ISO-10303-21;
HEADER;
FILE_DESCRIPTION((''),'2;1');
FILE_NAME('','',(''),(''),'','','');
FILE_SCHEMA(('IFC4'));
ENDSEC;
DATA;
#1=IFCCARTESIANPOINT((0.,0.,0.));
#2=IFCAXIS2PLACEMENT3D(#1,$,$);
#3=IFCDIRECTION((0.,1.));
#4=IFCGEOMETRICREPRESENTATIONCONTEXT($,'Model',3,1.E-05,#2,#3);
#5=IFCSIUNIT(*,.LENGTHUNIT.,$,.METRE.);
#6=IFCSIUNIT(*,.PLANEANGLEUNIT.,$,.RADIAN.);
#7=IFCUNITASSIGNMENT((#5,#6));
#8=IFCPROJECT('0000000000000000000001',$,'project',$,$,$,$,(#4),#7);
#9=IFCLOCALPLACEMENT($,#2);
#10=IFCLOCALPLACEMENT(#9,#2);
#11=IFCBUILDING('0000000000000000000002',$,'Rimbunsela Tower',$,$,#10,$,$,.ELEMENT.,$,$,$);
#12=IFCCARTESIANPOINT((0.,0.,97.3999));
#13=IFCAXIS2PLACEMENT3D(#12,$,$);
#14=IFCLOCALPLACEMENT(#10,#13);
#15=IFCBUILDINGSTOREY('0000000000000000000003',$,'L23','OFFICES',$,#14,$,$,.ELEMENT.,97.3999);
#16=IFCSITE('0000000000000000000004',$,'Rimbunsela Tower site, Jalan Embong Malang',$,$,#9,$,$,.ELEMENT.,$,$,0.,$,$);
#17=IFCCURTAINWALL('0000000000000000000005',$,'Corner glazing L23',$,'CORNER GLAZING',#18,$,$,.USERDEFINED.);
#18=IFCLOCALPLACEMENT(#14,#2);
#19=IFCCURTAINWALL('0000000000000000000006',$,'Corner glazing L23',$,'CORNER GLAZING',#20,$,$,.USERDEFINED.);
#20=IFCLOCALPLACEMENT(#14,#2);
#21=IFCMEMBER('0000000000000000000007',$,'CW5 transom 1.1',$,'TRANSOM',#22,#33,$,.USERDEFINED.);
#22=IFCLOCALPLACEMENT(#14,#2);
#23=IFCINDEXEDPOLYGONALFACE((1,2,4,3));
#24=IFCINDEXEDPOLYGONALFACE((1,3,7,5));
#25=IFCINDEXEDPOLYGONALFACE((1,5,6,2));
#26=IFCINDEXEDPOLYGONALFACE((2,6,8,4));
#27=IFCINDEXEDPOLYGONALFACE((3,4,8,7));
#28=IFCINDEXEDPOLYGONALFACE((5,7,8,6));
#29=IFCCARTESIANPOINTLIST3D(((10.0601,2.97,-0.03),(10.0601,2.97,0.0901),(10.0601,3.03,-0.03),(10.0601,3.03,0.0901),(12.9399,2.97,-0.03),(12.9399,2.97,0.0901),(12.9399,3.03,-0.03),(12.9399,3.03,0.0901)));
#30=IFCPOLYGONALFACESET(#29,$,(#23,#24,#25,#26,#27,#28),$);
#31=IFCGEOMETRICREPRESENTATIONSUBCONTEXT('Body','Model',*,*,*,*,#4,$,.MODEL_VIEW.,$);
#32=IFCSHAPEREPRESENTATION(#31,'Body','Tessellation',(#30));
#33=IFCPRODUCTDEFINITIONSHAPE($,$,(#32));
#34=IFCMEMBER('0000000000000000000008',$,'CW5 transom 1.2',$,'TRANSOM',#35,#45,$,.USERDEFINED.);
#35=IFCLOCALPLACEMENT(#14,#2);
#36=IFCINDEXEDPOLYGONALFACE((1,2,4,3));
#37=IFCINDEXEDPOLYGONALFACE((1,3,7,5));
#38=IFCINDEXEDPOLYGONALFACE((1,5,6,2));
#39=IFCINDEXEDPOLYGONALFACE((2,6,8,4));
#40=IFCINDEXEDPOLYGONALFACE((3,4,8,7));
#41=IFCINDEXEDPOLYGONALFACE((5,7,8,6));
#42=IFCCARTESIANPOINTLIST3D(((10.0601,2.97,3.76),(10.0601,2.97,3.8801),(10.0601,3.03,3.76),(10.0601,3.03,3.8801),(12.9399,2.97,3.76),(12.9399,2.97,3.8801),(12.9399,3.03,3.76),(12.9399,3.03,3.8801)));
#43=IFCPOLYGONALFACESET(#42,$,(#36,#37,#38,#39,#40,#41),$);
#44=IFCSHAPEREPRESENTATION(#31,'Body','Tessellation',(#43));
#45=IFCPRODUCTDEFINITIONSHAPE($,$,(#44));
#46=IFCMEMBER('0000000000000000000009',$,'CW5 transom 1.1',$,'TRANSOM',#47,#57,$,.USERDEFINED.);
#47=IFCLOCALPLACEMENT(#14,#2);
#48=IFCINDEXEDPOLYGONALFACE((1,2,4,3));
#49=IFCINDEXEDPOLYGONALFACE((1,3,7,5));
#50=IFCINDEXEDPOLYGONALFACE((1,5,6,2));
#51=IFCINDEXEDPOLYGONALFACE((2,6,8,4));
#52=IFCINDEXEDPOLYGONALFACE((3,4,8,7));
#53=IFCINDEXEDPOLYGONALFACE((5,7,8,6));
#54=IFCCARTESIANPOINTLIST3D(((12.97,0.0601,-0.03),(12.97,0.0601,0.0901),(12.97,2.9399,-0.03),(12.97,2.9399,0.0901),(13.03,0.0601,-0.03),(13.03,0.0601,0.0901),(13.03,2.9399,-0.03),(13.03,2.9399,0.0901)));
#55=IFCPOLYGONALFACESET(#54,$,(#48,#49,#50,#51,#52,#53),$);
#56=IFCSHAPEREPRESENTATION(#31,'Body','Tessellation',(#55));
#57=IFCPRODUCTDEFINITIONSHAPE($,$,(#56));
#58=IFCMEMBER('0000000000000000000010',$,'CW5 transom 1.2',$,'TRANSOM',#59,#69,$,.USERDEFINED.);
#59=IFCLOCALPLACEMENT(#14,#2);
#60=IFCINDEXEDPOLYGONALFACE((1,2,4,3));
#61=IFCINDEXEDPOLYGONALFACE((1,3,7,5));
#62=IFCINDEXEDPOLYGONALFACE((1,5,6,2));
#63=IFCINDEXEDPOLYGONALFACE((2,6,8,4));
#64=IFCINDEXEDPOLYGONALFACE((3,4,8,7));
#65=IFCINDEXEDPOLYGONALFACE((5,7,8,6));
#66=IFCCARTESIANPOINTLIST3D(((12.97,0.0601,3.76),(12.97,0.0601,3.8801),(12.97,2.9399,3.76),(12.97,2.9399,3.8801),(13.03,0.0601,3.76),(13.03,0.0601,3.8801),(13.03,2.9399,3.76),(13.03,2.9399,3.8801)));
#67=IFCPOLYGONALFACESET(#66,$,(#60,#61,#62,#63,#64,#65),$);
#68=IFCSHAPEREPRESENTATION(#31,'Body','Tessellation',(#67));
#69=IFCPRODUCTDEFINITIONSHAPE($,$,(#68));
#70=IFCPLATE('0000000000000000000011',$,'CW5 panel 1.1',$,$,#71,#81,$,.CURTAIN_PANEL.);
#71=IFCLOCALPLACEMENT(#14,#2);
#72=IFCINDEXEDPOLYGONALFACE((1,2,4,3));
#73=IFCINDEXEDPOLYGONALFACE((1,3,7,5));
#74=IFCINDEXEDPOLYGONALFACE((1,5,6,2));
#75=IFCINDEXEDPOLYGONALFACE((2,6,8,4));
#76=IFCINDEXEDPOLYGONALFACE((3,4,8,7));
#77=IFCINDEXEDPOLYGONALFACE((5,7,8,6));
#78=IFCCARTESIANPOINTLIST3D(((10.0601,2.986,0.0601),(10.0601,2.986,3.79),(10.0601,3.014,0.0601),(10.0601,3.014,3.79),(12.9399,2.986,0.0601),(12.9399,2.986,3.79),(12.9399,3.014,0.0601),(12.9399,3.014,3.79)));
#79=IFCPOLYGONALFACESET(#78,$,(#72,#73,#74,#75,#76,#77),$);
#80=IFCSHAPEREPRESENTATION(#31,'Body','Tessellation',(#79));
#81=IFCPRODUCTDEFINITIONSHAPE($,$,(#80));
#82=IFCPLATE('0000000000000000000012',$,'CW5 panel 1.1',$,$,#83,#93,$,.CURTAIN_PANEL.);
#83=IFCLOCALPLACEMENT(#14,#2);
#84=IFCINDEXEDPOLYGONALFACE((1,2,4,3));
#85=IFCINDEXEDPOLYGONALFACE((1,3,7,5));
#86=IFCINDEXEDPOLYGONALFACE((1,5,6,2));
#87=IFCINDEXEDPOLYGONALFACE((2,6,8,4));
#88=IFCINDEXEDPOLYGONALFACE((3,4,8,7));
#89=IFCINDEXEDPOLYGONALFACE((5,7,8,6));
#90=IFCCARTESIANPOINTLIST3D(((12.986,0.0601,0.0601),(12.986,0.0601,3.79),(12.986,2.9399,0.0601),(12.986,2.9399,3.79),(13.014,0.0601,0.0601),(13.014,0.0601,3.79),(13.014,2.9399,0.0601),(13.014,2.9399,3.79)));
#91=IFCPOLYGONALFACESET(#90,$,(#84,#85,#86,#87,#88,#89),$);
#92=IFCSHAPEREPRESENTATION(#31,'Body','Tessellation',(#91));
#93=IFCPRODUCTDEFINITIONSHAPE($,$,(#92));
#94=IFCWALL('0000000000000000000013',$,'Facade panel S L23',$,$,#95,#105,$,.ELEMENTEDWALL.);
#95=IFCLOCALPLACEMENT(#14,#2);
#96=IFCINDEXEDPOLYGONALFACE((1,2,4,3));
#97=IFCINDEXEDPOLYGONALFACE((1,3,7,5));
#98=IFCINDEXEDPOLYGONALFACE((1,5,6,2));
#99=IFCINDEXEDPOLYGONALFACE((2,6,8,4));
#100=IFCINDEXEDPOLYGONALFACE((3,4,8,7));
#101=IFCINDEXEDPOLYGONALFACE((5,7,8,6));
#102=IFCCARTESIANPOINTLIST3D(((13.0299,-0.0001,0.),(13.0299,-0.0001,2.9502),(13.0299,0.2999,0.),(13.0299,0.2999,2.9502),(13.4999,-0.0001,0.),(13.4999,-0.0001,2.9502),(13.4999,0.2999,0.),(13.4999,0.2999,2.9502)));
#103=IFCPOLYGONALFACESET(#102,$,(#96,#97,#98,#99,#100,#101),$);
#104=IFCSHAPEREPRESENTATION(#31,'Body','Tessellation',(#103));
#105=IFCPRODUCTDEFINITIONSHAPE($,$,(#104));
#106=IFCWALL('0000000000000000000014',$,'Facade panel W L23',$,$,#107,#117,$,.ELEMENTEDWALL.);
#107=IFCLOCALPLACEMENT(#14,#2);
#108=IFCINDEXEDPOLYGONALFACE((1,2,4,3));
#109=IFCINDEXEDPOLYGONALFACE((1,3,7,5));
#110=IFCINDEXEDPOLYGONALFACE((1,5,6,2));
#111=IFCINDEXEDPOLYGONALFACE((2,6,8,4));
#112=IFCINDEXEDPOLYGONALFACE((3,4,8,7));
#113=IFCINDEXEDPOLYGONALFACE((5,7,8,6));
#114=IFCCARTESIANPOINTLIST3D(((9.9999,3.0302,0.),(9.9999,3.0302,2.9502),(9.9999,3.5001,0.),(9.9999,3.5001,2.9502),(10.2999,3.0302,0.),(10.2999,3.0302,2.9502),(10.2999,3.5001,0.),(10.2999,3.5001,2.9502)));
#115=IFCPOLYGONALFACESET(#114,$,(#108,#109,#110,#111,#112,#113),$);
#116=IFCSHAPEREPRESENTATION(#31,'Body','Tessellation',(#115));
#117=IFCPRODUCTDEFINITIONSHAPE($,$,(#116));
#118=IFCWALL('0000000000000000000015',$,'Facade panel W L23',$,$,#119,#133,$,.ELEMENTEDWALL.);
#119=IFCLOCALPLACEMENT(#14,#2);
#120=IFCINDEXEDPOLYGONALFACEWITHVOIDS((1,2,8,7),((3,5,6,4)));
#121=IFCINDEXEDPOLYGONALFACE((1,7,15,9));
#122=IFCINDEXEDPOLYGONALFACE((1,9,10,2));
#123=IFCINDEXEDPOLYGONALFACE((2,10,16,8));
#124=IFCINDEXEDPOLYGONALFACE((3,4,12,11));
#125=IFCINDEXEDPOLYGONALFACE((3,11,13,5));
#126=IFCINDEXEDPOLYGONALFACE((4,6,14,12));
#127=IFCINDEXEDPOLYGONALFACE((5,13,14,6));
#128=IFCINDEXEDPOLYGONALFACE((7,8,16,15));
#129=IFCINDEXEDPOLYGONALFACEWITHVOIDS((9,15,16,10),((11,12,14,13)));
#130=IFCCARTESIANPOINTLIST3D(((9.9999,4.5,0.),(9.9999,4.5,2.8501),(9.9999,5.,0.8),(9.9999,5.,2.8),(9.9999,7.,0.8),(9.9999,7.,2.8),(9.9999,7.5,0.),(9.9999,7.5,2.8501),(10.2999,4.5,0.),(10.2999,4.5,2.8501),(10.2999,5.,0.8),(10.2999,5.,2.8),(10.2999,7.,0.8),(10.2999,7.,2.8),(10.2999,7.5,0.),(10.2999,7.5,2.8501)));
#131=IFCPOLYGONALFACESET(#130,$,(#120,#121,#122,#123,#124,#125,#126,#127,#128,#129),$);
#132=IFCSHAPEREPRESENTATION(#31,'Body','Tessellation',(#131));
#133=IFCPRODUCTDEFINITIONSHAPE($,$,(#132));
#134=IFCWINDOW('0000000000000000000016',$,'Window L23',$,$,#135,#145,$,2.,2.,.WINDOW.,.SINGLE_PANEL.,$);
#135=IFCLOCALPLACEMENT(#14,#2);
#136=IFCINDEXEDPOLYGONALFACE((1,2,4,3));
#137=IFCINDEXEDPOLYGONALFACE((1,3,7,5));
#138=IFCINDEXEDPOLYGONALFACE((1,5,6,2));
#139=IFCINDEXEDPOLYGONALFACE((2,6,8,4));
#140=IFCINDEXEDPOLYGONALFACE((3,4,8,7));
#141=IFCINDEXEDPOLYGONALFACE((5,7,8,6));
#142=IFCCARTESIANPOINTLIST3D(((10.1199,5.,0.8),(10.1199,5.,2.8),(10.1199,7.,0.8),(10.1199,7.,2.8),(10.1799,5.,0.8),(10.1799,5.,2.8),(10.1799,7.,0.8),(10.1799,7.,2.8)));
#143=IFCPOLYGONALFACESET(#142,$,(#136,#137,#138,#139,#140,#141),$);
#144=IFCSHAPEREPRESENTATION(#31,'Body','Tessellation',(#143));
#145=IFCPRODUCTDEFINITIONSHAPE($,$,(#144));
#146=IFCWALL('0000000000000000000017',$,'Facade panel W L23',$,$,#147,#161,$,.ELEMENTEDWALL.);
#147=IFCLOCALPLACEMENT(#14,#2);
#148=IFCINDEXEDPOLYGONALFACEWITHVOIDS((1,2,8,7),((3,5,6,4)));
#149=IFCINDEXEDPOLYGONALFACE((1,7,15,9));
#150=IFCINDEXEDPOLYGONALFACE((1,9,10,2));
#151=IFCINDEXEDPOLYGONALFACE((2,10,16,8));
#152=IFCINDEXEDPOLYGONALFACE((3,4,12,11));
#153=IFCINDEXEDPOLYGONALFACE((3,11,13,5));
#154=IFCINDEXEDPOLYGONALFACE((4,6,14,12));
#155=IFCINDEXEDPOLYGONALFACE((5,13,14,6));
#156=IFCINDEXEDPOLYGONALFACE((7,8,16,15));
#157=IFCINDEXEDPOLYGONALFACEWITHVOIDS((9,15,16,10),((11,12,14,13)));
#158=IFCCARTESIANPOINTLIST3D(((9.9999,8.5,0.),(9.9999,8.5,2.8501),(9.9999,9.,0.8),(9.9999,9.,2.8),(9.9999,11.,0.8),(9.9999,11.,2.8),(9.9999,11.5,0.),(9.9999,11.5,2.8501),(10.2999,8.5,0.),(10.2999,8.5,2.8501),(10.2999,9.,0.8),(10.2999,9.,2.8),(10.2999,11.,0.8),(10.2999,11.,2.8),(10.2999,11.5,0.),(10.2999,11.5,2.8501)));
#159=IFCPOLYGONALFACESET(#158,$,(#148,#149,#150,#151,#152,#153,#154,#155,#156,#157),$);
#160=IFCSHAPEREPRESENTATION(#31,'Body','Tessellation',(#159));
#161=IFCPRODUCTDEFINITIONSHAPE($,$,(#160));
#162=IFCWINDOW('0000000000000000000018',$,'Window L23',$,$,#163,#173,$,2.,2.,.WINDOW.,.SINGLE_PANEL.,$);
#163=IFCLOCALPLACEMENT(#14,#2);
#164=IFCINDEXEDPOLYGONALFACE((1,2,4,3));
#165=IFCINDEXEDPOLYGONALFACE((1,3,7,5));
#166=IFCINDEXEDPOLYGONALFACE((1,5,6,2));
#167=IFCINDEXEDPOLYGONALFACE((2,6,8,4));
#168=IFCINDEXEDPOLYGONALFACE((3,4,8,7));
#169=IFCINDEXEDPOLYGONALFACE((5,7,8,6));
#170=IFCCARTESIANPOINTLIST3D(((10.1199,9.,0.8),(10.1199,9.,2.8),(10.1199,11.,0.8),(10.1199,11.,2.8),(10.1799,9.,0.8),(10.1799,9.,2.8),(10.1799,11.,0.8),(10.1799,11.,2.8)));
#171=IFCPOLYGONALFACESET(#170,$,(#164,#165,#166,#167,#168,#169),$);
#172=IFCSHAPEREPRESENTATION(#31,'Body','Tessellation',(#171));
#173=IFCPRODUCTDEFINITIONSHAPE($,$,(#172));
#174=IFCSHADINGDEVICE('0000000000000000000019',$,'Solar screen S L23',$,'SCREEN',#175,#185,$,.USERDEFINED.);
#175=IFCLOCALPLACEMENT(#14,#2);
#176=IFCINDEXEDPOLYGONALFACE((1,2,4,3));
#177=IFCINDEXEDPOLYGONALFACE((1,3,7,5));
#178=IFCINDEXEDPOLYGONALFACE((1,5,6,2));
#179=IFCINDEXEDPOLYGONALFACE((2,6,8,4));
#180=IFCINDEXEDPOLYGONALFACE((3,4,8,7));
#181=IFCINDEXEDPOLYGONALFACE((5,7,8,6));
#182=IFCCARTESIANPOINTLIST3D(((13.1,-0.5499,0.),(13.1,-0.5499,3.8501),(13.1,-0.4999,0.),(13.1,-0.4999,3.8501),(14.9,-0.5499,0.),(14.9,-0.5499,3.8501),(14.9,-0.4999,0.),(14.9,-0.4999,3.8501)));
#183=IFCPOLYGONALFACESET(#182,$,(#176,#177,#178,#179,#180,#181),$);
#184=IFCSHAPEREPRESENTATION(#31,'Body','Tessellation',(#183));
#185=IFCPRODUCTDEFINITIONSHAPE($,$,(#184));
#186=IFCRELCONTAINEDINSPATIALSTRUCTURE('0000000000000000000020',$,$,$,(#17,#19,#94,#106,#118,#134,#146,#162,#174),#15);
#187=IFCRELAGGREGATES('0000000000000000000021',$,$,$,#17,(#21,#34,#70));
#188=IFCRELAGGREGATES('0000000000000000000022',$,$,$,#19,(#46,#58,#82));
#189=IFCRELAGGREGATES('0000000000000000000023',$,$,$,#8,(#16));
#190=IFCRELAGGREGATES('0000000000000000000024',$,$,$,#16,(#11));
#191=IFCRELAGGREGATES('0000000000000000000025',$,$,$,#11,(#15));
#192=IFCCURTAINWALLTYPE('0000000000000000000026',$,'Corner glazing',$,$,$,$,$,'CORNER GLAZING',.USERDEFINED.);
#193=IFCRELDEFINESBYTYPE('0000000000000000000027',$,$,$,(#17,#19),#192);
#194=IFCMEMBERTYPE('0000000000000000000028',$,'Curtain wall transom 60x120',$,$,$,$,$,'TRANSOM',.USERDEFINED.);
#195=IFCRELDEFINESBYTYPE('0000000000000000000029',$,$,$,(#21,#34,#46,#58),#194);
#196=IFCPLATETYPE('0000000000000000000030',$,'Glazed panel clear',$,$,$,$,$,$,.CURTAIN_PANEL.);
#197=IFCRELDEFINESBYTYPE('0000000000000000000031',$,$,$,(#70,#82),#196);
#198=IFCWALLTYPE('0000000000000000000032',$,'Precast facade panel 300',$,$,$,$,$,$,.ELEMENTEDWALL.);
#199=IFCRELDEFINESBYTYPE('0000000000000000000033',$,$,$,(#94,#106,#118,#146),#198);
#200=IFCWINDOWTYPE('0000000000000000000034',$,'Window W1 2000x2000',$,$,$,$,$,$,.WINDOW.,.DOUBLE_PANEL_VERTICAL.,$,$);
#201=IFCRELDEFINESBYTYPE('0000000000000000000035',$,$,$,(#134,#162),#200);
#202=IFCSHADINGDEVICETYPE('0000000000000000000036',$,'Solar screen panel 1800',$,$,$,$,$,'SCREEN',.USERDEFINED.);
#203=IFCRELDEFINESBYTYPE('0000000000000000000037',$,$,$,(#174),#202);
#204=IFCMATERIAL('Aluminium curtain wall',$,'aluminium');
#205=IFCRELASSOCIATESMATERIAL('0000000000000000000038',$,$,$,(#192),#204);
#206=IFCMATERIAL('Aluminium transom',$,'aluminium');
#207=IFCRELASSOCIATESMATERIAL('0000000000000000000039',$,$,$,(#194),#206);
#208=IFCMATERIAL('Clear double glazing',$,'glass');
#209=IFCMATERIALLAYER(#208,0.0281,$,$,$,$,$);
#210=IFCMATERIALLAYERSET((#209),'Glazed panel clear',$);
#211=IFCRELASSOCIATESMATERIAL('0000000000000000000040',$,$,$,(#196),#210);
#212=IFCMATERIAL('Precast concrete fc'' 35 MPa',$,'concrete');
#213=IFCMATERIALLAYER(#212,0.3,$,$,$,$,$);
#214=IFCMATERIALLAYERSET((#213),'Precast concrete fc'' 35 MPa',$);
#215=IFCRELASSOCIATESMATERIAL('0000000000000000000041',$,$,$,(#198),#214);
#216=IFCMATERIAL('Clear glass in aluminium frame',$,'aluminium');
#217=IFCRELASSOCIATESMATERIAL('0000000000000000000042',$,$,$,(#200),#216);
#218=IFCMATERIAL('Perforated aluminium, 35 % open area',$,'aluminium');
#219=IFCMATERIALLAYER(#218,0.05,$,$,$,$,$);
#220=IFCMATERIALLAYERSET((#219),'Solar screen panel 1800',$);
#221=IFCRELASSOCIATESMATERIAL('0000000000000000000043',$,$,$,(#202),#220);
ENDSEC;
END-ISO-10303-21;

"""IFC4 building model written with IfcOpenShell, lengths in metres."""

from ifc_helpers import new_model, si_unit, direction, frame, frame_2d, origin, origin_2d, place, context, subcontext, project, spatial, rectangle, extrude, material, layer, layer_set, material_profile, profile_set, type_object, element, fill, aggregate, save


model = new_model("IFC4")

# Units and contexts
model_context = context("Model", 3, precision=1e-05, world=origin(), true_north=direction((0.0, 1.0)))
body_context = subcontext(model_context, "Body", "Model", "MODEL_VIEW")
ifc_project = project(units=[si_unit("LENGTHUNIT", "METRE"), si_unit("PLANEANGLEUNIT", "RADIAN")], contexts=[model_context])

# Site, building, storey
site_placement = place(None, origin())
site = spatial("IfcSite", under=ifc_project, at=site_placement, Name="Rimbunsela Tower site, Jalan Embong Malang", CompositionType="ELEMENT", RefElevation=0.0)
building_placement = place(site_placement, origin())
building = spatial("IfcBuilding", under=site, at=building_placement, Name="Rimbunsela Tower", CompositionType="ELEMENT")
storey_placement = place(building_placement, frame((0.0, 0.0, 97.3999)))
storey = spatial("IfcBuildingStorey", under=building, at=storey_placement, Name="L23", Description="OFFICES", CompositionType="ELEMENT", Elevation=97.3999)

# Curtain walls
ifc_material_1 = material(Name="Aluminium curtain wall", Category="aluminium")
curtain_wall_type = type_object("IfcCurtainWallType", Name="Corner glazing", ElementType="CORNER GLAZING", PredefinedType="USERDEFINED", material=ifc_material_1)
curtain_wall_1_placement = place(storey_placement, origin())
curtain_wall_1 = element("IfcCurtainWall", 1, at=curtain_wall_1_placement, inside=storey, type_object=curtain_wall_type, Name="Corner glazing L23", ObjectType="CORNER GLAZING", PredefinedType="USERDEFINED")
curtain_wall_2_placement = place(storey_placement, origin())
curtain_wall_2 = element("IfcCurtainWall", 2, at=curtain_wall_2_placement, inside=storey, type_object=curtain_wall_type, Name="Corner glazing L23", ObjectType="CORNER GLAZING", PredefinedType="USERDEFINED")

# Members
ifc_material_2 = material(Name="Aluminium transom", Category="aluminium")
ifc_material_profile_1 = material_profile(ifc_material_2, rectangle(XDim=0.0601, YDim=0.1201, at=origin_2d()), Name="Transom 60x120")
ifc_profile_set_1 = profile_set([ifc_material_profile_1], Name="Aluminium transom")
member_type_1 = type_object("IfcMemberType", Name="Curtain wall transom 60x120", ElementType="TRANSOM", PredefinedType="USERDEFINED", material=ifc_profile_set_1)
member_1_placement = place(storey_placement, frame((10.0601, 3.0, 0.03), z_axis=(1.0, 0.0, 0.0), x_axis=(0.0, 1.0, 0.0)))
member_1 = element("IfcMember", 3, at=member_1_placement, type_object=member_type_1, Name="CW5 transom 1.1", ObjectType="TRANSOM", PredefinedType="USERDEFINED", context=body_context, shape_type="SweptSolid", body=[
    extrude(rectangle(XDim=0.0601, YDim=0.1201, at=origin_2d()), origin(), (0.0, 0.0, 1.0), 2.8799),
])
member_2_placement = place(storey_placement, frame((10.0601, 3.0, 3.8201), z_axis=(1.0, 0.0, 0.0), x_axis=(0.0, 1.0, 0.0)))
member_2 = element("IfcMember", 4, at=member_2_placement, type_object=member_type_1, Name="CW5 transom 1.2", ObjectType="TRANSOM", PredefinedType="USERDEFINED", context=body_context, shape_type="SweptSolid", body=[
    extrude(rectangle(XDim=0.0601, YDim=0.1201, at=origin_2d()), origin(), (0.0, 0.0, 1.0), 2.8799),
])
member_3_placement = place(storey_placement, frame((13.0, 2.9399, 0.03), z_axis=(0.0, -1.0, 0.0), x_axis=(1.0, 0.0, 0.0)))
member_3 = element("IfcMember", 5, at=member_3_placement, type_object=member_type_1, Name="CW5 transom 1.1", ObjectType="TRANSOM", PredefinedType="USERDEFINED", context=body_context, shape_type="SweptSolid", body=[
    extrude(rectangle(XDim=0.0601, YDim=0.1201, at=origin_2d()), origin(), (0.0, 0.0, 1.0), 2.8799),
])
member_4_placement = place(storey_placement, frame((13.0, 2.9399, 3.8201), z_axis=(0.0, -1.0, 0.0), x_axis=(1.0, 0.0, 0.0)))
member_4 = element("IfcMember", 6, at=member_4_placement, type_object=member_type_1, Name="CW5 transom 1.2", ObjectType="TRANSOM", PredefinedType="USERDEFINED", context=body_context, shape_type="SweptSolid", body=[
    extrude(rectangle(XDim=0.0601, YDim=0.1201, at=origin_2d()), origin(), (0.0, 0.0, 1.0), 2.8799),
])

# Plates
ifc_material_3 = material(Name="Clear double glazing", Category="glass")
ifc_layer_1 = layer(ifc_material_3, 0.0281)
ifc_layer_set_1 = layer_set([ifc_layer_1], Name="Glazed panel clear")
plate_type = type_object("IfcPlateType", Name="Glazed panel clear", PredefinedType="CURTAIN_PANEL", material=ifc_layer_set_1)
plate_1_placement = place(storey_placement, frame((11.5, 3.0, 0.0601), z_axis=(0.0, 0.0, 1.0), x_axis=(1.0, 0.0, 0.0)))
plate_1 = element("IfcPlate", 7, at=plate_1_placement, type_object=plate_type, Name="CW5 panel 1.1", PredefinedType="CURTAIN_PANEL", context=body_context, shape_type="SweptSolid", body=[
    extrude(rectangle(XDim=2.8799, YDim=0.0281, at=origin_2d()), origin(), (0.0, 0.0, 1.0), 3.73),
])
aggregate(curtain_wall_1, [member_1, member_2, plate_1])
plate_2_placement = place(storey_placement, frame((13.0, 1.5, 0.0601), z_axis=(0.0, 0.0, 1.0), x_axis=(0.0, -1.0, 0.0)))
plate_2 = element("IfcPlate", 8, at=plate_2_placement, type_object=plate_type, Name="CW5 panel 1.1", PredefinedType="CURTAIN_PANEL", context=body_context, shape_type="SweptSolid", body=[
    extrude(rectangle(XDim=2.8799, YDim=0.0281, at=origin_2d()), origin(), (0.0, 0.0, 1.0), 3.73),
])
aggregate(curtain_wall_2, [member_3, member_4, plate_2])

# Walls
ifc_material_4 = material(Name="Precast concrete fc' 35 MPa", Category="concrete")
ifc_layer_2 = layer(ifc_material_4, 0.3)
ifc_layer_set_2 = layer_set([ifc_layer_2], Name="Precast concrete fc' 35 MPa")
wall_type = type_object("IfcWallType", Name="Precast facade panel 300", PredefinedType="ELEMENTEDWALL", material=ifc_layer_set_2)
for number, where, z_axis, x_axis, name in (
    (9, (13.03, 0.1499, 0.0), (0.0, 0.0, 1.0), (1.0, 0.0, 0.0), "Facade panel S L23"),
    (10, (10.1499, 3.5, 0.0), (0.0, 0.0, 1.0), (0.0, -1.0, 0.0), "Facade panel W L23"),
):
    element("IfcWall", number, at=place(storey_placement, frame(where, z_axis=z_axis, x_axis=x_axis)), inside=storey, type_object=wall_type, Name=name, PredefinedType="ELEMENTEDWALL", context=body_context, shape_type="SweptSolid", body=[
        extrude(rectangle(XDim=0.47, YDim=0.3, at=frame_2d((0.2349, 0.0))), origin(), (0.0, 0.0, 1.0), 2.9502),
    ])

# Walls, openings, windows
wall_1_placement = place(storey_placement, frame((10.1499, 7.5, 0.0), z_axis=(0.0, 0.0, 1.0), x_axis=(0.0, -1.0, 0.0)))
wall_1 = element("IfcWall", 11, at=wall_1_placement, inside=storey, type_object=wall_type, Name="Facade panel W L23", PredefinedType="ELEMENTEDWALL", context=body_context, shape_type="SweptSolid", body=[
    extrude(rectangle(XDim=3.0, YDim=0.3, at=frame_2d((1.5, 0.0))), origin(), (0.0, 0.0, 1.0), 2.8501),
])
opening_1_placement = place(wall_1_placement, frame((0.5, 0.0, 0.8)))
opening_1 = element("IfcOpeningElement", 12, at=opening_1_placement, cuts=wall_1, PredefinedType="OPENING", context=body_context, shape_type="SweptSolid", body=[
    extrude(rectangle(XDim=2.0, YDim=2.0, at=frame_2d((1.0, 1.0))), frame((0.0, 0.1599, 0.0), z_axis=(0.0, -1.0, 0.0), x_axis=(1.0, 0.0, 0.0)), (0.0, 0.0, 1.0), 0.3201),
])
ifc_material_5 = material(Name="Clear glass in aluminium frame", Category="aluminium")
window_type = type_object("IfcWindowType", Name="Window W1 2000x2000", PartitioningType="DOUBLE_PANEL_VERTICAL", PredefinedType="WINDOW", material=ifc_material_5)
window_1_placement = place(opening_1_placement, origin())
window_1 = element("IfcWindow", 13, at=window_1_placement, inside=storey, type_object=window_type, Name="Window L23", OverallHeight=2.0, OverallWidth=2.0, PartitioningType="SINGLE_PANEL", PredefinedType="WINDOW", context=body_context, shape_type="SweptSolid", body=[
    extrude(rectangle(XDim=2.0, YDim=2.0, at=frame_2d((1.0, 1.0))), frame((0.0, 0.03, 0.0), z_axis=(0.0, -1.0, 0.0), x_axis=(1.0, 0.0, 0.0)), (0.0, 0.0, 1.0), 0.0601),
])
fill(opening_1, window_1)
wall_2_placement = place(storey_placement, frame((10.1499, 11.5, 0.0), z_axis=(0.0, 0.0, 1.0), x_axis=(0.0, -1.0, 0.0)))
wall_2 = element("IfcWall", 14, at=wall_2_placement, inside=storey, type_object=wall_type, Name="Facade panel W L23", PredefinedType="ELEMENTEDWALL", context=body_context, shape_type="SweptSolid", body=[
    extrude(rectangle(XDim=3.0, YDim=0.3, at=frame_2d((1.5, 0.0))), origin(), (0.0, 0.0, 1.0), 2.8501),
])
opening_2_placement = place(wall_2_placement, frame((0.5, 0.0, 0.8)))
opening_2 = element("IfcOpeningElement", 15, at=opening_2_placement, cuts=wall_2, PredefinedType="OPENING", context=body_context, shape_type="SweptSolid", body=[
    extrude(rectangle(XDim=2.0, YDim=2.0, at=frame_2d((1.0, 1.0))), frame((0.0, 0.1599, 0.0), z_axis=(0.0, -1.0, 0.0), x_axis=(1.0, 0.0, 0.0)), (0.0, 0.0, 1.0), 0.3201),
])
window_2_placement = place(opening_2_placement, origin())
window_2 = element("IfcWindow", 16, at=window_2_placement, inside=storey, type_object=window_type, Name="Window L23", OverallHeight=2.0, OverallWidth=2.0, PartitioningType="SINGLE_PANEL", PredefinedType="WINDOW", context=body_context, shape_type="SweptSolid", body=[
    extrude(rectangle(XDim=2.0, YDim=2.0, at=frame_2d((1.0, 1.0))), frame((0.0, 0.03, 0.0), z_axis=(0.0, -1.0, 0.0), x_axis=(1.0, 0.0, 0.0)), (0.0, 0.0, 1.0), 0.0601),
])
fill(opening_2, window_2)

# Shading device
ifc_material_6 = material(Name="Perforated aluminium, 35 % open area", Category="aluminium")
ifc_layer_3 = layer(ifc_material_6, 0.05)
ifc_layer_set_3 = layer_set([ifc_layer_3], Name="Solar screen panel 1800")
shading_device_type = type_object("IfcShadingDeviceType", Name="Solar screen panel 1800", ElementType="SCREEN", PredefinedType="USERDEFINED", material=ifc_layer_set_3)
for number, where, z_axis, x_axis, name in (
    (17, (14.0, -0.5249, 0.0), (0.0, 0.0, 1.0), (1.0, 0.0, 0.0), "Solar screen S L23"),
):
    element("IfcShadingDevice", number, at=place(storey_placement, frame(where, z_axis=z_axis, x_axis=x_axis)), inside=storey, type_object=shading_device_type, Name=name, ObjectType="SCREEN", PredefinedType="USERDEFINED", context=body_context, shape_type="SweptSolid", body=[
        extrude(rectangle(XDim=1.8, YDim=0.05, at=origin_2d()), origin(), (0.0, 0.0, 1.0), 3.8501),
    ])

save(model, "model.ifc")
